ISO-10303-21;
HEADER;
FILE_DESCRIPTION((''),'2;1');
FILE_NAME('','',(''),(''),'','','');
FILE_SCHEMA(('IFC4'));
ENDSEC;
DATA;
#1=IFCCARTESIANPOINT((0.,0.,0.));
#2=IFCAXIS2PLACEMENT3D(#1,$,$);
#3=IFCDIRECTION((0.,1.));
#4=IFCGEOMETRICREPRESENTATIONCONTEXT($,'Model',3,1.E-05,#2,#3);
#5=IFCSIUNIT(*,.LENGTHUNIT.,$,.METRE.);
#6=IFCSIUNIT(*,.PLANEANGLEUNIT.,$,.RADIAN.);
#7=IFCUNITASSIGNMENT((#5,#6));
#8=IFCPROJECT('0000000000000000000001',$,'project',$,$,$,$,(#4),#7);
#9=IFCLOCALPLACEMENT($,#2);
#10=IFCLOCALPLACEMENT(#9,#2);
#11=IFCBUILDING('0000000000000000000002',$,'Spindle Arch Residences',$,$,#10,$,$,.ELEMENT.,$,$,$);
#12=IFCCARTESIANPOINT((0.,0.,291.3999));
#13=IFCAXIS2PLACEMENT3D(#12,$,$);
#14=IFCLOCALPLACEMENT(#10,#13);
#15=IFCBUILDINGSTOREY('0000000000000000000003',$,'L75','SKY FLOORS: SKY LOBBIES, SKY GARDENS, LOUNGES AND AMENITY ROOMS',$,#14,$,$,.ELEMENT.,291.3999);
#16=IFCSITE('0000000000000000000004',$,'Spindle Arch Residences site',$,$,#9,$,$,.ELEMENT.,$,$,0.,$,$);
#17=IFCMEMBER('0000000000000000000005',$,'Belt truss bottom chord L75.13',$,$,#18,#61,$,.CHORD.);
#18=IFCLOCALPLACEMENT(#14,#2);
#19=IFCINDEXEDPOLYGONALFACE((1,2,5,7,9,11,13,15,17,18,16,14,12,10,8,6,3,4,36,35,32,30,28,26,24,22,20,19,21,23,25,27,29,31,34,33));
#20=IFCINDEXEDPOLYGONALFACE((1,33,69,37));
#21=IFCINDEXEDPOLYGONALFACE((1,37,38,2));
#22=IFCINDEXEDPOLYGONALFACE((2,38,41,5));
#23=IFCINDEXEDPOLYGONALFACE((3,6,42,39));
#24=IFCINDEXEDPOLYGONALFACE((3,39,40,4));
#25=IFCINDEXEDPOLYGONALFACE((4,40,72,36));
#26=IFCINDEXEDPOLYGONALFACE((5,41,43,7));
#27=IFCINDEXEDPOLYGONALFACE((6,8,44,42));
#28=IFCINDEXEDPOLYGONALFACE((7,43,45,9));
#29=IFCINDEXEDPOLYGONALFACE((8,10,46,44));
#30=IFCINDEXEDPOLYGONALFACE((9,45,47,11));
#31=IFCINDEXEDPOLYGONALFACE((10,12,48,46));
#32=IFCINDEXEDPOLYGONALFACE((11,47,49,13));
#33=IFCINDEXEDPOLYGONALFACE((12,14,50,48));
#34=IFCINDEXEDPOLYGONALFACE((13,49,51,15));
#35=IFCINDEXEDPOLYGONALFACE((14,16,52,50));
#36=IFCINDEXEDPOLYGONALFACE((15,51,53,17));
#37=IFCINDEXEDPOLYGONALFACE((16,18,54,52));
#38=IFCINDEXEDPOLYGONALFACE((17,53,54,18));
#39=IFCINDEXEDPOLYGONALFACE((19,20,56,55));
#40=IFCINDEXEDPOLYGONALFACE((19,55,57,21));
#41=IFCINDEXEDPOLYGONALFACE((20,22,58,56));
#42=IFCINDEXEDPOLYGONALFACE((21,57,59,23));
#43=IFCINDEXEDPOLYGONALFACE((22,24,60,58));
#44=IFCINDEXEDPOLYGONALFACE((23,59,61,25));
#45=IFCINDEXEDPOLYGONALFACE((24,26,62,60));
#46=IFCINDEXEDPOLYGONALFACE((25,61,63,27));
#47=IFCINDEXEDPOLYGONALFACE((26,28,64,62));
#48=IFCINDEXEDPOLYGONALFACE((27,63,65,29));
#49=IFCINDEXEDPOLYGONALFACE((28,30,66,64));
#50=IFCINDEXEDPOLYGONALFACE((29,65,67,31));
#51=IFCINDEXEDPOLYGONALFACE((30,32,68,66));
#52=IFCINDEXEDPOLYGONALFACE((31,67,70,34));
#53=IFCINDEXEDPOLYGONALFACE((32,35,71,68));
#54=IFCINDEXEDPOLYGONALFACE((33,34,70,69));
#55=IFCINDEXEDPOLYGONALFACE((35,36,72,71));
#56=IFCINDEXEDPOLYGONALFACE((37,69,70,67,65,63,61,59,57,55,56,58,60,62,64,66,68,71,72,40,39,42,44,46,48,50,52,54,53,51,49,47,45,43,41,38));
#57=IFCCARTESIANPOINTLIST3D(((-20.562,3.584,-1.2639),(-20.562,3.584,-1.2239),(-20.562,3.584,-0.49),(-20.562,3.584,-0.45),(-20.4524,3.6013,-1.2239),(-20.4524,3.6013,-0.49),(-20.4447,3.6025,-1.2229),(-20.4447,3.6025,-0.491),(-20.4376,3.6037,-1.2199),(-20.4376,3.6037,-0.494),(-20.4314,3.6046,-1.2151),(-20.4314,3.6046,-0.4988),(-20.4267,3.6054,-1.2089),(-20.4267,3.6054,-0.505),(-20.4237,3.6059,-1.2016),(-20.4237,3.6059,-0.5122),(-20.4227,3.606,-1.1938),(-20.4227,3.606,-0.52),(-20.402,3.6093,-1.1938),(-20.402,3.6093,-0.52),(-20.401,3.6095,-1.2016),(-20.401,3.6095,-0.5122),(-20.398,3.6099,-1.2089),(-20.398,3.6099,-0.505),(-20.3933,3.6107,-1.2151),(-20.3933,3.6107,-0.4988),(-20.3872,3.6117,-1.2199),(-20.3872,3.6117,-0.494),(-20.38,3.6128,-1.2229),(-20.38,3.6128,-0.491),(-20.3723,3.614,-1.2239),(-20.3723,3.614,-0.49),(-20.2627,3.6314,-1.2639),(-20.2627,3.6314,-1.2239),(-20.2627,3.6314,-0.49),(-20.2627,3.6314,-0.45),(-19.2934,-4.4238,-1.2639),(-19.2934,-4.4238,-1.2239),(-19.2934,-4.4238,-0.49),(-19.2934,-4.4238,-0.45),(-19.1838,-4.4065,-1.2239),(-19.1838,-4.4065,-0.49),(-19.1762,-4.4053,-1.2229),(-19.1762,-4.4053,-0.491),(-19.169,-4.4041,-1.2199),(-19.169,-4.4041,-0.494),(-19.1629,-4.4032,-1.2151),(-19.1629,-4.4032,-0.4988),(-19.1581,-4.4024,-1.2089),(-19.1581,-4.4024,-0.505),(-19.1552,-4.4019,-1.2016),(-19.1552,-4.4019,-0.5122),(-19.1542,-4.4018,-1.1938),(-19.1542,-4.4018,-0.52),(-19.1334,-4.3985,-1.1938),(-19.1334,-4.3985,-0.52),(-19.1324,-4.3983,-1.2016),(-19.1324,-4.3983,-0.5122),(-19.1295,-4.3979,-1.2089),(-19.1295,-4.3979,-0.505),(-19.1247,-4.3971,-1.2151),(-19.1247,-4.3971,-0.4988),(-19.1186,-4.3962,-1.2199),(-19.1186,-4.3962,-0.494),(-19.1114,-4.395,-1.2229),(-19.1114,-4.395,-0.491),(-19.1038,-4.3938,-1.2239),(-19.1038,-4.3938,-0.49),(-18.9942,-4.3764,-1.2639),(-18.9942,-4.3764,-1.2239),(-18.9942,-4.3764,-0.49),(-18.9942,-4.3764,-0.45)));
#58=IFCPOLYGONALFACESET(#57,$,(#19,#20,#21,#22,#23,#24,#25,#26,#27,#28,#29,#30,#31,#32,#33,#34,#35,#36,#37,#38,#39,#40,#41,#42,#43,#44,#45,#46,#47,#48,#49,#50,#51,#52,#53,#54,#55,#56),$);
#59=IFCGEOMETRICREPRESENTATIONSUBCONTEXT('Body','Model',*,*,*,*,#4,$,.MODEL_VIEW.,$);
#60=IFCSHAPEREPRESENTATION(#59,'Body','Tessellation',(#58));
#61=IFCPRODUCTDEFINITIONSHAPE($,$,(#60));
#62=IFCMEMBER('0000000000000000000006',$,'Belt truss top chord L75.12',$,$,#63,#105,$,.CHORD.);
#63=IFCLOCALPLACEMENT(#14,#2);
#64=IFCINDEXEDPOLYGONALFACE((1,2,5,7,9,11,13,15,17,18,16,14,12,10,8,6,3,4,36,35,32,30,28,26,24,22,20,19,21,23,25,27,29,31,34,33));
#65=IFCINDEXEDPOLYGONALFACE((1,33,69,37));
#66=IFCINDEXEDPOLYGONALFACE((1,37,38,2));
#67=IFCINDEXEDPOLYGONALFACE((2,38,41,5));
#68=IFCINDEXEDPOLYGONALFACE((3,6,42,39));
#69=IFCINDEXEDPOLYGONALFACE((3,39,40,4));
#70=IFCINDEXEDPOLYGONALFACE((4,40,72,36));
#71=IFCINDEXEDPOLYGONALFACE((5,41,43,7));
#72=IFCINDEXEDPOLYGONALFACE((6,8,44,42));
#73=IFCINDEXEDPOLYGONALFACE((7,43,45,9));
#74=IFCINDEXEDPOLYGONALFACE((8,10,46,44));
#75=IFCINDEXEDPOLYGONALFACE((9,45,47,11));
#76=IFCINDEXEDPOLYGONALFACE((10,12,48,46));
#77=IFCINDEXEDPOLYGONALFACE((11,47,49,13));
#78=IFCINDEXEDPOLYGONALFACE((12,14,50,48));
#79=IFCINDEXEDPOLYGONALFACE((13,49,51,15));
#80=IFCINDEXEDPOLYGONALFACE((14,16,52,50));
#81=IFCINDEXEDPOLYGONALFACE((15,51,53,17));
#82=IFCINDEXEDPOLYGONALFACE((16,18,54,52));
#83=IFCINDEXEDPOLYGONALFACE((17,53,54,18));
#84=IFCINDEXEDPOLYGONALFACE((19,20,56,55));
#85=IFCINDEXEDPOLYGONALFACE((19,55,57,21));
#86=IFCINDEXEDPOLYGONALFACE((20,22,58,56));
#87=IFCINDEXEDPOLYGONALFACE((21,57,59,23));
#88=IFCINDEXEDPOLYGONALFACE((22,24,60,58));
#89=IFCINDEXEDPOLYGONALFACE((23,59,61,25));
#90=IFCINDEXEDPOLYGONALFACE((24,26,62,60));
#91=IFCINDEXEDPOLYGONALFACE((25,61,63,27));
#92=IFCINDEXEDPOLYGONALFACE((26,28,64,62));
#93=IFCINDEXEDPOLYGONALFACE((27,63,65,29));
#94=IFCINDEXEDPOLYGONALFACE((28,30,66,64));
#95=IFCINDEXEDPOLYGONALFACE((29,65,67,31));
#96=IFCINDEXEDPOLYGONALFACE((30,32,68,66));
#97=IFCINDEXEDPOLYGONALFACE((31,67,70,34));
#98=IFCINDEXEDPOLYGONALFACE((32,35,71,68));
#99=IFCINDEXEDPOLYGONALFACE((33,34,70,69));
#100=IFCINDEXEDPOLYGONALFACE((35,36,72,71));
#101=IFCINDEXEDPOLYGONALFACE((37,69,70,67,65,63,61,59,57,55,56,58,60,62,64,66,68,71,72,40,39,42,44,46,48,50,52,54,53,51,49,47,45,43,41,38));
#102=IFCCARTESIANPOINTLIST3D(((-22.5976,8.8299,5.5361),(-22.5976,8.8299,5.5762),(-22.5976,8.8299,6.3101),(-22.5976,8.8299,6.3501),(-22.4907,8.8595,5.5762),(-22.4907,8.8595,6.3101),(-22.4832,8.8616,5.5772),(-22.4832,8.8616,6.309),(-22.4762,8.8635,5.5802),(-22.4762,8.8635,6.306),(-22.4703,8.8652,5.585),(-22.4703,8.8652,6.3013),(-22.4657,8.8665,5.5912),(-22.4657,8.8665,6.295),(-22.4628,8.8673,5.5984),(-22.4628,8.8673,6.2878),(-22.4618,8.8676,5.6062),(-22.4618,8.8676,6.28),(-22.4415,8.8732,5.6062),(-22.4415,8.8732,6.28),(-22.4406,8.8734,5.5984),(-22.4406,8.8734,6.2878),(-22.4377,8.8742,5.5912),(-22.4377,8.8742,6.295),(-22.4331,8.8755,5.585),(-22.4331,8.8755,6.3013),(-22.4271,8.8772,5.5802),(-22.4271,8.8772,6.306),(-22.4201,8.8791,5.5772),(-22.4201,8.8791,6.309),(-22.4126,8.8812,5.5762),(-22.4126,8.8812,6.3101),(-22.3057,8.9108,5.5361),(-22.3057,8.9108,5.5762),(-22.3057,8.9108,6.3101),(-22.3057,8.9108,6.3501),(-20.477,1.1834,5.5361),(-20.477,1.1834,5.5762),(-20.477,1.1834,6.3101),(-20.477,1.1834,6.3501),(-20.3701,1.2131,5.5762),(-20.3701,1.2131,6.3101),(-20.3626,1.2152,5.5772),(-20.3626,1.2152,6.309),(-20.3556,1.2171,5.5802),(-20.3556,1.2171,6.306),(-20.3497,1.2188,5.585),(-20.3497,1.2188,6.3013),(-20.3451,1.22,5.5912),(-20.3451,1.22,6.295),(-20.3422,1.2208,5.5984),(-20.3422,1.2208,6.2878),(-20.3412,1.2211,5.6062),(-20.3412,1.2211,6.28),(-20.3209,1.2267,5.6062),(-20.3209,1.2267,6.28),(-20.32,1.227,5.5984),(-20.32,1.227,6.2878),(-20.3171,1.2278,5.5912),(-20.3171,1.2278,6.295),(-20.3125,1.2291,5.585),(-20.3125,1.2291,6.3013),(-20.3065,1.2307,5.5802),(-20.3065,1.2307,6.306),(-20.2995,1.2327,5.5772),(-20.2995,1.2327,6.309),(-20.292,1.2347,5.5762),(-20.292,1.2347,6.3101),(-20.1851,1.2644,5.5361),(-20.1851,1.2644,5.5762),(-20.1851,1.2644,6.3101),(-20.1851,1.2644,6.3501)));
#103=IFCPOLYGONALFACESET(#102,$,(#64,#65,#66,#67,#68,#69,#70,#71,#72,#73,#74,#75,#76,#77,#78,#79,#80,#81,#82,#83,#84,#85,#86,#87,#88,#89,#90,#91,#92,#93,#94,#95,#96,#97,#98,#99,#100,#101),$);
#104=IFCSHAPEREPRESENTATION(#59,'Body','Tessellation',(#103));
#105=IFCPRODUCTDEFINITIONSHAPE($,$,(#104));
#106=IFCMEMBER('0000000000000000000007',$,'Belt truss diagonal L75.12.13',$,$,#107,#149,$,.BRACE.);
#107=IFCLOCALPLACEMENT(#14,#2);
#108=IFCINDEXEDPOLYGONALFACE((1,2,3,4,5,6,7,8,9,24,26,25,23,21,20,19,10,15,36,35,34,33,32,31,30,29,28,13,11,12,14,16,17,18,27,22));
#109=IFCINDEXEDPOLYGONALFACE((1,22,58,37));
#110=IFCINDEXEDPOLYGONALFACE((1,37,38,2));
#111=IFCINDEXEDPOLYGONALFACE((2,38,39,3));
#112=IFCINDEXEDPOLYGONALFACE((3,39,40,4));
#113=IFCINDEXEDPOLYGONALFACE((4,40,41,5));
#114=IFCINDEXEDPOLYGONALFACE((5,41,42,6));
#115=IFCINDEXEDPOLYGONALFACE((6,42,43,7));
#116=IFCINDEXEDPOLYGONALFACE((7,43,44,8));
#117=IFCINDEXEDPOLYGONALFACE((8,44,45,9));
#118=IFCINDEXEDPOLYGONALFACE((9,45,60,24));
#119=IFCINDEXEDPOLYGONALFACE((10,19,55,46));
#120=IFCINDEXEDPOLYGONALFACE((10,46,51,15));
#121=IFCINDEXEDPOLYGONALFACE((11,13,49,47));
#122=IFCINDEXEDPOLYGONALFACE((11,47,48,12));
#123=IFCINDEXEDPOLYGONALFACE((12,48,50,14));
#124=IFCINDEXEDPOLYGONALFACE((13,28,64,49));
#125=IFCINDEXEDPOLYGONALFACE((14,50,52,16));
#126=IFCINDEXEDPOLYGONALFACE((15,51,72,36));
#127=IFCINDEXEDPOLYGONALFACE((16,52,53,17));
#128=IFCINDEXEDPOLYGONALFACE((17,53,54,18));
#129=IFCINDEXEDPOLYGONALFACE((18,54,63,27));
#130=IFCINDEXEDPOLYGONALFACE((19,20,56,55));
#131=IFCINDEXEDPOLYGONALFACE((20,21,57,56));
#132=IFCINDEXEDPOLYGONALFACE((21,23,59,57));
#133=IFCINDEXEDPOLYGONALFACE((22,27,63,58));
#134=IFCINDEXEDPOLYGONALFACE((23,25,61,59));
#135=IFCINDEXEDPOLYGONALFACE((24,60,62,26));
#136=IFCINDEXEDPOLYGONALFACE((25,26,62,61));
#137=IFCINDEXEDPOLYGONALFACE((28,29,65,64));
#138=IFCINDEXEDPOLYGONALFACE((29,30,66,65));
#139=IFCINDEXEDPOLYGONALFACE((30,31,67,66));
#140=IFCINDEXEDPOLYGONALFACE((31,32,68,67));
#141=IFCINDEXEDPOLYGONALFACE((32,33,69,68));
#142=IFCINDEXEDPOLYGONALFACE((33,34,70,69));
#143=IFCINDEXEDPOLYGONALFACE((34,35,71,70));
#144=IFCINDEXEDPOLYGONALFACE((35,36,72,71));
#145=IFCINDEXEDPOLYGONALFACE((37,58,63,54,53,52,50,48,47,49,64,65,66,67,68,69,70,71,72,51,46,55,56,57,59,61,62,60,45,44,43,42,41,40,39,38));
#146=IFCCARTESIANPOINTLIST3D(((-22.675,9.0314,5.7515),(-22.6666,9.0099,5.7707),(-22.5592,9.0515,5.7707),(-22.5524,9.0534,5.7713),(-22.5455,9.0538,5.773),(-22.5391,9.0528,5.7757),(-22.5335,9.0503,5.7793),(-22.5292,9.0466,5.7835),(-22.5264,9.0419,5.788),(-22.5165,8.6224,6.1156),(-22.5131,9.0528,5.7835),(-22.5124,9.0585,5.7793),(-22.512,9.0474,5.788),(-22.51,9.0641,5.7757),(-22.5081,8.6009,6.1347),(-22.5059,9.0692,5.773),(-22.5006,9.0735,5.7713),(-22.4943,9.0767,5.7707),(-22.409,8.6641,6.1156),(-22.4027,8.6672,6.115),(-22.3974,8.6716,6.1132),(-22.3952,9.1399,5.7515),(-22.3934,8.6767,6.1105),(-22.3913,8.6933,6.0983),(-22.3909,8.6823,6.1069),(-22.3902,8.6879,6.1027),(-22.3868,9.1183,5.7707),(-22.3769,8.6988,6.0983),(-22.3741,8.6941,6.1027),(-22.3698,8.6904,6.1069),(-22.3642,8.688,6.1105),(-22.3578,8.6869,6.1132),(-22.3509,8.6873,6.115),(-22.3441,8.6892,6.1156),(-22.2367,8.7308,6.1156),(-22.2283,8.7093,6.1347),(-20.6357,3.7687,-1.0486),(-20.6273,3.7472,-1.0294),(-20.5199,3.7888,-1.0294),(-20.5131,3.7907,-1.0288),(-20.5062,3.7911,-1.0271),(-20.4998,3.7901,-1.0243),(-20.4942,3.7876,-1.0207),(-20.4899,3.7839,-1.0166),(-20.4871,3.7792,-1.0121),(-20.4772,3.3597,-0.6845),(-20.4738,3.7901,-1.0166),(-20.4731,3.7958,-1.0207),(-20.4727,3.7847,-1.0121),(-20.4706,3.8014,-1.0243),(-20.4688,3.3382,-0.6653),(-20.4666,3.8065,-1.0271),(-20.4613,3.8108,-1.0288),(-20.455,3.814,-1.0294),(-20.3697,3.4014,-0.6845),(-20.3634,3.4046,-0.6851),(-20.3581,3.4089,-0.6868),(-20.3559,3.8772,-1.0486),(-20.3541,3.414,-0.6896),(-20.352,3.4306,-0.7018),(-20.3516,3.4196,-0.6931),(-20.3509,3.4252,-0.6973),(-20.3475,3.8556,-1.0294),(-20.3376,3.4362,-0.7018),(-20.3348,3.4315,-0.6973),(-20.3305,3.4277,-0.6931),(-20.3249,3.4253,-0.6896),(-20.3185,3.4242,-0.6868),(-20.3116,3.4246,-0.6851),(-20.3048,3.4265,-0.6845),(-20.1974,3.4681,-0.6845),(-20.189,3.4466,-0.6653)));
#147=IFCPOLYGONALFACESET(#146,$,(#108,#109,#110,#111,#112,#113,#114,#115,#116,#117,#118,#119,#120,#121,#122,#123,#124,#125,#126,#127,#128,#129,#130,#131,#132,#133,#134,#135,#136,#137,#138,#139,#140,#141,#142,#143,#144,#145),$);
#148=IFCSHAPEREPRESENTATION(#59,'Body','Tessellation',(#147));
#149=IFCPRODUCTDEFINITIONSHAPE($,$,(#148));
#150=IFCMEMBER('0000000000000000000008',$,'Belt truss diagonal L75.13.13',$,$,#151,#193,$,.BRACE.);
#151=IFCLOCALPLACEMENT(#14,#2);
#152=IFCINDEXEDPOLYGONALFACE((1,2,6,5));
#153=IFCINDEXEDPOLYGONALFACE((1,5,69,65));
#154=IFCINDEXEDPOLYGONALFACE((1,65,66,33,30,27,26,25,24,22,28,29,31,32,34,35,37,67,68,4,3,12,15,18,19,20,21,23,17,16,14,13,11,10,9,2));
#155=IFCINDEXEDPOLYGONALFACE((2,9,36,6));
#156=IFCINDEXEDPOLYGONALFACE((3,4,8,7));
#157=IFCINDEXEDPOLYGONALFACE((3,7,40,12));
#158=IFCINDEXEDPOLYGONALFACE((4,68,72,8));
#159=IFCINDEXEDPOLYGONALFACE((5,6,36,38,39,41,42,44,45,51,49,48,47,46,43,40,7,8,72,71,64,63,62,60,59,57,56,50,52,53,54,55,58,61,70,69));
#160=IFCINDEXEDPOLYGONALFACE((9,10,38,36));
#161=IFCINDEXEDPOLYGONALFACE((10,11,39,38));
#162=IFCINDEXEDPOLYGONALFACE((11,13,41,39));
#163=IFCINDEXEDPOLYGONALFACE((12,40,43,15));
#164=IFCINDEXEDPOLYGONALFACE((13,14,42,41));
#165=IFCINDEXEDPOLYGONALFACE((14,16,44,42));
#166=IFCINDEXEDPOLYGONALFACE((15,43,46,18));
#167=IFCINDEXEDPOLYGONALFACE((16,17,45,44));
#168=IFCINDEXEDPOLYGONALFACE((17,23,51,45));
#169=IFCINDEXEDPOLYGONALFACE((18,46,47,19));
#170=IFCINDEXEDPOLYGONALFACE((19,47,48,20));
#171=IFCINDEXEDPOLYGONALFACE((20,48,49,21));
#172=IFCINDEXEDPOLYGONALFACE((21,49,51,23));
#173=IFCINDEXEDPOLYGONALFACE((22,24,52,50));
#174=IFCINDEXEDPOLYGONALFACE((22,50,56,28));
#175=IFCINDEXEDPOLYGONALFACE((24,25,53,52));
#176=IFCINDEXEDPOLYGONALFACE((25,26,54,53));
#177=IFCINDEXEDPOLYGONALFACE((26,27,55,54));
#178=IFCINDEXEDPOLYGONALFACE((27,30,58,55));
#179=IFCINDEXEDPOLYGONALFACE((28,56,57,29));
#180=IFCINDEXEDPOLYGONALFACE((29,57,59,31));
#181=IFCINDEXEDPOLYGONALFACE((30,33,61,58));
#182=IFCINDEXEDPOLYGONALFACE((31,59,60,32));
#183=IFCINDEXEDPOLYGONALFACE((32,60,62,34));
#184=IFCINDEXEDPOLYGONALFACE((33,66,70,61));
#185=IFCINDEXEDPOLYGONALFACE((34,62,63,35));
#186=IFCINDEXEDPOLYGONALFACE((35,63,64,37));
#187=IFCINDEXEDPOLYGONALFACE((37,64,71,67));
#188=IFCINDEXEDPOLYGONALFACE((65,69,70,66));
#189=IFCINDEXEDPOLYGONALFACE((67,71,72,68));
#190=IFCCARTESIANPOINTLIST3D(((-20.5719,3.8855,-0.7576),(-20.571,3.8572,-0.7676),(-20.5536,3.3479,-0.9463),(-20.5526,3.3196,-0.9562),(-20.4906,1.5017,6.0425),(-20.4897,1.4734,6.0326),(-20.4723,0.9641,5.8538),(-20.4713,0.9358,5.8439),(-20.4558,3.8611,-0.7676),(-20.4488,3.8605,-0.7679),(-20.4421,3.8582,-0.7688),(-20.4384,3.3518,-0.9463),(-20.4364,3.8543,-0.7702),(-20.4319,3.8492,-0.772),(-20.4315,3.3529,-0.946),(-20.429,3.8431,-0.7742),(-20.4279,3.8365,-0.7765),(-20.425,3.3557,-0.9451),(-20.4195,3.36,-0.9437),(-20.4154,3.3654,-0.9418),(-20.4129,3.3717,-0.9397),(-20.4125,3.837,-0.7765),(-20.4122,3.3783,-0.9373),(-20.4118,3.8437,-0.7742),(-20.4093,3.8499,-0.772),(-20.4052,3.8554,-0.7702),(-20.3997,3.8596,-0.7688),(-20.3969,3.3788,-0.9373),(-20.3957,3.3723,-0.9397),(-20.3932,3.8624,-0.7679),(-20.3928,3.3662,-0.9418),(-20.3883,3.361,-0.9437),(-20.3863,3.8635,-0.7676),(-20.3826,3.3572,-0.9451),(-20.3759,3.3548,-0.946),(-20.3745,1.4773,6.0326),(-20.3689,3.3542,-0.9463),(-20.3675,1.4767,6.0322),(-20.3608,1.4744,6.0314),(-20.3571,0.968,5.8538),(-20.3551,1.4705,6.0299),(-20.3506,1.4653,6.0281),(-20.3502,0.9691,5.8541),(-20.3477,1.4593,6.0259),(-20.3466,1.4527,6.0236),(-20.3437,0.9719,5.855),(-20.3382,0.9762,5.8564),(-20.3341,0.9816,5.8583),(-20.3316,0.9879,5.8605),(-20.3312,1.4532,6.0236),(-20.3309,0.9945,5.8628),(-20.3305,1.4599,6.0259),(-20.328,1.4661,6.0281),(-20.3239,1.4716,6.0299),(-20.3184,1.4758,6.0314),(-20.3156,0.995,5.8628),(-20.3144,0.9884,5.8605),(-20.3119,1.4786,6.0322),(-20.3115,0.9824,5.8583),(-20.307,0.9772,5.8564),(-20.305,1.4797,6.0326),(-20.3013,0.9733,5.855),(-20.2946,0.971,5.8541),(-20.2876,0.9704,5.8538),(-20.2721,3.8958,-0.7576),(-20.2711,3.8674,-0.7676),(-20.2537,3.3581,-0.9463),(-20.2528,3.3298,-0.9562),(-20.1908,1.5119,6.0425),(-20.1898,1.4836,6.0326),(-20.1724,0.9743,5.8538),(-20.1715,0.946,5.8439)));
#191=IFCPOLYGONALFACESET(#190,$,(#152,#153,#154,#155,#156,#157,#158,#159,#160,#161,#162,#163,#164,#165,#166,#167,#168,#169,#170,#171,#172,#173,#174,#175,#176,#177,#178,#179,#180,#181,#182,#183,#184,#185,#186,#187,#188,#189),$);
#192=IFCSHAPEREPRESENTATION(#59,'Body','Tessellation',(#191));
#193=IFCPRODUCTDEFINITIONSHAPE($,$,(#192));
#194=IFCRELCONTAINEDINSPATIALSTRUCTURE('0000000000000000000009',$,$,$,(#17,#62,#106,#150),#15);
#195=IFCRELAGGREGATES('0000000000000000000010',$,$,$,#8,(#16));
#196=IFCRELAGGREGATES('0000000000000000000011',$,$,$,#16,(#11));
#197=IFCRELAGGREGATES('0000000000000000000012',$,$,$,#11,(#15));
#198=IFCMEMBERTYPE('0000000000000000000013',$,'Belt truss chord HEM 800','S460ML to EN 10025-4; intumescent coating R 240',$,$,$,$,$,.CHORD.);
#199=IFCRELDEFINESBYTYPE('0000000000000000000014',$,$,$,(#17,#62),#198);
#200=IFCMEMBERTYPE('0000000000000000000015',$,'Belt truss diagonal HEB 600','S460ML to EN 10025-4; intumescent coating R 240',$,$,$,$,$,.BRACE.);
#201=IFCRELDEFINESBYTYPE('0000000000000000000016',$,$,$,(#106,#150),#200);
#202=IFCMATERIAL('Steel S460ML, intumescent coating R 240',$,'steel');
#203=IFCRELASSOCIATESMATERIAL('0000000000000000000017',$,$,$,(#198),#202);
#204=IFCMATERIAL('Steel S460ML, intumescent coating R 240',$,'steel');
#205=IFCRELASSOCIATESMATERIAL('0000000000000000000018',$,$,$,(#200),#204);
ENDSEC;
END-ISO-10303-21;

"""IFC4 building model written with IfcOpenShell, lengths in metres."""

from ifc_helpers import new_model, si_unit, direction, frame, origin, origin_2d, place, context, subcontext, project, spatial, i_section, extrude, material, material_profile, profile_set, type_object, element, save


model = new_model("IFC4")

# Units and contexts
model_context = context("Model", 3, precision=1e-05, world=origin(), true_north=direction((0.0, 1.0)))
body_context = subcontext(model_context, "Body", "Model", "MODEL_VIEW")
ifc_project = project(units=[si_unit("LENGTHUNIT", "METRE"), si_unit("PLANEANGLEUNIT", "RADIAN")], contexts=[model_context])

# Site, building, storey
site_placement = place(None, origin())
site = spatial("IfcSite", under=ifc_project, at=site_placement, Name="Spindle Arch Residences site", CompositionType="ELEMENT", RefElevation=0.0)
building_placement = place(site_placement, origin())
building = spatial("IfcBuilding", under=site, at=building_placement, Name="Spindle Arch Residences", CompositionType="ELEMENT")
storey_placement = place(building_placement, frame((0.0, 0.0, 291.3999)))
storey = spatial("IfcBuildingStorey", under=building, at=storey_placement, Name="L75", Description="SKY FLOORS: SKY LOBBIES, SKY GARDENS, LOUNGES AND AMENITY ROOMS", CompositionType="ELEMENT", Elevation=291.3999)

# Members
ifc_material_1 = material(Name="Steel S460ML, intumescent coating R 240", Category="steel")
ifc_material_profile_1 = material_profile(ifc_material_1, i_section(OverallWidth=0.303, OverallDepth=0.814, WebThickness=0.021, FlangeThickness=0.04, FilletRadius=0.03, at=origin_2d()), Name="HEM 800")
ifc_profile_set_1 = profile_set([ifc_material_profile_1], Name="Steel S460ML, intumescent coating R 240")
member_type_1 = type_object("IfcMemberType", Name="Belt truss chord HEM 800", Description="S460ML to EN 10025-4; intumescent coating R 240", PredefinedType="CHORD", material=ifc_profile_set_1)
member_1_placement = place(storey_placement, frame((-20.4124, 3.6077, -0.8569), z_axis=(0.156464, -0.987684, 0.0), x_axis=(0.987684, 0.156464, 0.0)))
element("IfcMember", 1, at=member_1_placement, inside=storey, type_object=member_type_1, Name="Belt truss bottom chord L75.13", PredefinedType="CHORD", context=body_context, shape_type="SweptSolid", body=[
    extrude(i_section(OverallWidth=0.303, OverallDepth=0.814, WebThickness=0.021, FlangeThickness=0.04, FilletRadius=0.03, at=origin_2d()), origin(), (0.0, 0.0, 1.0), 8.1077),
])
member_2_placement = place(storey_placement, frame((-22.4517, 8.8704, 5.9431), z_axis=(0.267244, -0.963629, 0.0), x_axis=(0.963629, 0.267244, 0.0)))
element("IfcMember", 2, at=member_2_placement, inside=storey, type_object=member_type_1, Name="Belt truss top chord L75.12", PredefinedType="CHORD", context=body_context, shape_type="SweptSolid", body=[
    extrude(i_section(OverallWidth=0.303, OverallDepth=0.814, WebThickness=0.021, FlangeThickness=0.04, FilletRadius=0.03, at=origin_2d()), origin(), (0.0, 0.0, 1.0), 7.9351),
])
ifc_material_2 = material(Name="Steel S460ML, intumescent coating R 240", Category="steel")
ifc_material_profile_2 = material_profile(ifc_material_2, i_section(OverallWidth=0.3, OverallDepth=0.6001, WebThickness=0.0154, FlangeThickness=0.03, FilletRadius=0.0271, at=origin_2d()), Name="HEB 600")
ifc_profile_set_2 = profile_set([ifc_material_profile_2], Name="Steel S460ML, intumescent coating R 240")
member_type_2 = type_object("IfcMemberType", Name="Belt truss diagonal HEB 600", Description="S460ML to EN 10025-4; intumescent coating R 240", PredefinedType="BRACE", material=ifc_profile_set_2)
member_3_placement = place(storey_placement, frame((-20.4124, 3.6077, -0.8569), z_axis=(-0.230765, 0.595519, 0.769483), x_axis=(-0.932441, -0.361323, 0.0)))
element("IfcMember", 3, at=member_3_placement, inside=storey, type_object=member_type_2, Name="Belt truss diagonal L75.12.13", PredefinedType="BRACE", context=body_context, shape_type="SweptSolid", body=[
    extrude(i_section(OverallWidth=0.3, OverallDepth=0.6001, WebThickness=0.0154, FlangeThickness=0.03, FilletRadius=0.0271, at=origin_2d()), origin(), (0.0, 0.0, 1.0), 8.8372),
])
member_4_placement = place(storey_placement, frame((-20.4124, 3.6077, -0.8569), z_axis=(0.011282, -0.330796, 0.943635), x_axis=(0.999419, 0.034085, 0.0)))
element("IfcMember", 4, at=member_4_placement, inside=storey, type_object=member_type_2, Name="Belt truss diagonal L75.13.13", PredefinedType="BRACE", context=body_context, shape_type="SweptSolid", body=[
    extrude(i_section(OverallWidth=0.3, OverallDepth=0.6001, WebThickness=0.0154, FlangeThickness=0.03, FilletRadius=0.0271, at=origin_2d()), origin(), (0.0, 0.0, 1.0), 7.2063),
])

save(model, "model.ifc")
